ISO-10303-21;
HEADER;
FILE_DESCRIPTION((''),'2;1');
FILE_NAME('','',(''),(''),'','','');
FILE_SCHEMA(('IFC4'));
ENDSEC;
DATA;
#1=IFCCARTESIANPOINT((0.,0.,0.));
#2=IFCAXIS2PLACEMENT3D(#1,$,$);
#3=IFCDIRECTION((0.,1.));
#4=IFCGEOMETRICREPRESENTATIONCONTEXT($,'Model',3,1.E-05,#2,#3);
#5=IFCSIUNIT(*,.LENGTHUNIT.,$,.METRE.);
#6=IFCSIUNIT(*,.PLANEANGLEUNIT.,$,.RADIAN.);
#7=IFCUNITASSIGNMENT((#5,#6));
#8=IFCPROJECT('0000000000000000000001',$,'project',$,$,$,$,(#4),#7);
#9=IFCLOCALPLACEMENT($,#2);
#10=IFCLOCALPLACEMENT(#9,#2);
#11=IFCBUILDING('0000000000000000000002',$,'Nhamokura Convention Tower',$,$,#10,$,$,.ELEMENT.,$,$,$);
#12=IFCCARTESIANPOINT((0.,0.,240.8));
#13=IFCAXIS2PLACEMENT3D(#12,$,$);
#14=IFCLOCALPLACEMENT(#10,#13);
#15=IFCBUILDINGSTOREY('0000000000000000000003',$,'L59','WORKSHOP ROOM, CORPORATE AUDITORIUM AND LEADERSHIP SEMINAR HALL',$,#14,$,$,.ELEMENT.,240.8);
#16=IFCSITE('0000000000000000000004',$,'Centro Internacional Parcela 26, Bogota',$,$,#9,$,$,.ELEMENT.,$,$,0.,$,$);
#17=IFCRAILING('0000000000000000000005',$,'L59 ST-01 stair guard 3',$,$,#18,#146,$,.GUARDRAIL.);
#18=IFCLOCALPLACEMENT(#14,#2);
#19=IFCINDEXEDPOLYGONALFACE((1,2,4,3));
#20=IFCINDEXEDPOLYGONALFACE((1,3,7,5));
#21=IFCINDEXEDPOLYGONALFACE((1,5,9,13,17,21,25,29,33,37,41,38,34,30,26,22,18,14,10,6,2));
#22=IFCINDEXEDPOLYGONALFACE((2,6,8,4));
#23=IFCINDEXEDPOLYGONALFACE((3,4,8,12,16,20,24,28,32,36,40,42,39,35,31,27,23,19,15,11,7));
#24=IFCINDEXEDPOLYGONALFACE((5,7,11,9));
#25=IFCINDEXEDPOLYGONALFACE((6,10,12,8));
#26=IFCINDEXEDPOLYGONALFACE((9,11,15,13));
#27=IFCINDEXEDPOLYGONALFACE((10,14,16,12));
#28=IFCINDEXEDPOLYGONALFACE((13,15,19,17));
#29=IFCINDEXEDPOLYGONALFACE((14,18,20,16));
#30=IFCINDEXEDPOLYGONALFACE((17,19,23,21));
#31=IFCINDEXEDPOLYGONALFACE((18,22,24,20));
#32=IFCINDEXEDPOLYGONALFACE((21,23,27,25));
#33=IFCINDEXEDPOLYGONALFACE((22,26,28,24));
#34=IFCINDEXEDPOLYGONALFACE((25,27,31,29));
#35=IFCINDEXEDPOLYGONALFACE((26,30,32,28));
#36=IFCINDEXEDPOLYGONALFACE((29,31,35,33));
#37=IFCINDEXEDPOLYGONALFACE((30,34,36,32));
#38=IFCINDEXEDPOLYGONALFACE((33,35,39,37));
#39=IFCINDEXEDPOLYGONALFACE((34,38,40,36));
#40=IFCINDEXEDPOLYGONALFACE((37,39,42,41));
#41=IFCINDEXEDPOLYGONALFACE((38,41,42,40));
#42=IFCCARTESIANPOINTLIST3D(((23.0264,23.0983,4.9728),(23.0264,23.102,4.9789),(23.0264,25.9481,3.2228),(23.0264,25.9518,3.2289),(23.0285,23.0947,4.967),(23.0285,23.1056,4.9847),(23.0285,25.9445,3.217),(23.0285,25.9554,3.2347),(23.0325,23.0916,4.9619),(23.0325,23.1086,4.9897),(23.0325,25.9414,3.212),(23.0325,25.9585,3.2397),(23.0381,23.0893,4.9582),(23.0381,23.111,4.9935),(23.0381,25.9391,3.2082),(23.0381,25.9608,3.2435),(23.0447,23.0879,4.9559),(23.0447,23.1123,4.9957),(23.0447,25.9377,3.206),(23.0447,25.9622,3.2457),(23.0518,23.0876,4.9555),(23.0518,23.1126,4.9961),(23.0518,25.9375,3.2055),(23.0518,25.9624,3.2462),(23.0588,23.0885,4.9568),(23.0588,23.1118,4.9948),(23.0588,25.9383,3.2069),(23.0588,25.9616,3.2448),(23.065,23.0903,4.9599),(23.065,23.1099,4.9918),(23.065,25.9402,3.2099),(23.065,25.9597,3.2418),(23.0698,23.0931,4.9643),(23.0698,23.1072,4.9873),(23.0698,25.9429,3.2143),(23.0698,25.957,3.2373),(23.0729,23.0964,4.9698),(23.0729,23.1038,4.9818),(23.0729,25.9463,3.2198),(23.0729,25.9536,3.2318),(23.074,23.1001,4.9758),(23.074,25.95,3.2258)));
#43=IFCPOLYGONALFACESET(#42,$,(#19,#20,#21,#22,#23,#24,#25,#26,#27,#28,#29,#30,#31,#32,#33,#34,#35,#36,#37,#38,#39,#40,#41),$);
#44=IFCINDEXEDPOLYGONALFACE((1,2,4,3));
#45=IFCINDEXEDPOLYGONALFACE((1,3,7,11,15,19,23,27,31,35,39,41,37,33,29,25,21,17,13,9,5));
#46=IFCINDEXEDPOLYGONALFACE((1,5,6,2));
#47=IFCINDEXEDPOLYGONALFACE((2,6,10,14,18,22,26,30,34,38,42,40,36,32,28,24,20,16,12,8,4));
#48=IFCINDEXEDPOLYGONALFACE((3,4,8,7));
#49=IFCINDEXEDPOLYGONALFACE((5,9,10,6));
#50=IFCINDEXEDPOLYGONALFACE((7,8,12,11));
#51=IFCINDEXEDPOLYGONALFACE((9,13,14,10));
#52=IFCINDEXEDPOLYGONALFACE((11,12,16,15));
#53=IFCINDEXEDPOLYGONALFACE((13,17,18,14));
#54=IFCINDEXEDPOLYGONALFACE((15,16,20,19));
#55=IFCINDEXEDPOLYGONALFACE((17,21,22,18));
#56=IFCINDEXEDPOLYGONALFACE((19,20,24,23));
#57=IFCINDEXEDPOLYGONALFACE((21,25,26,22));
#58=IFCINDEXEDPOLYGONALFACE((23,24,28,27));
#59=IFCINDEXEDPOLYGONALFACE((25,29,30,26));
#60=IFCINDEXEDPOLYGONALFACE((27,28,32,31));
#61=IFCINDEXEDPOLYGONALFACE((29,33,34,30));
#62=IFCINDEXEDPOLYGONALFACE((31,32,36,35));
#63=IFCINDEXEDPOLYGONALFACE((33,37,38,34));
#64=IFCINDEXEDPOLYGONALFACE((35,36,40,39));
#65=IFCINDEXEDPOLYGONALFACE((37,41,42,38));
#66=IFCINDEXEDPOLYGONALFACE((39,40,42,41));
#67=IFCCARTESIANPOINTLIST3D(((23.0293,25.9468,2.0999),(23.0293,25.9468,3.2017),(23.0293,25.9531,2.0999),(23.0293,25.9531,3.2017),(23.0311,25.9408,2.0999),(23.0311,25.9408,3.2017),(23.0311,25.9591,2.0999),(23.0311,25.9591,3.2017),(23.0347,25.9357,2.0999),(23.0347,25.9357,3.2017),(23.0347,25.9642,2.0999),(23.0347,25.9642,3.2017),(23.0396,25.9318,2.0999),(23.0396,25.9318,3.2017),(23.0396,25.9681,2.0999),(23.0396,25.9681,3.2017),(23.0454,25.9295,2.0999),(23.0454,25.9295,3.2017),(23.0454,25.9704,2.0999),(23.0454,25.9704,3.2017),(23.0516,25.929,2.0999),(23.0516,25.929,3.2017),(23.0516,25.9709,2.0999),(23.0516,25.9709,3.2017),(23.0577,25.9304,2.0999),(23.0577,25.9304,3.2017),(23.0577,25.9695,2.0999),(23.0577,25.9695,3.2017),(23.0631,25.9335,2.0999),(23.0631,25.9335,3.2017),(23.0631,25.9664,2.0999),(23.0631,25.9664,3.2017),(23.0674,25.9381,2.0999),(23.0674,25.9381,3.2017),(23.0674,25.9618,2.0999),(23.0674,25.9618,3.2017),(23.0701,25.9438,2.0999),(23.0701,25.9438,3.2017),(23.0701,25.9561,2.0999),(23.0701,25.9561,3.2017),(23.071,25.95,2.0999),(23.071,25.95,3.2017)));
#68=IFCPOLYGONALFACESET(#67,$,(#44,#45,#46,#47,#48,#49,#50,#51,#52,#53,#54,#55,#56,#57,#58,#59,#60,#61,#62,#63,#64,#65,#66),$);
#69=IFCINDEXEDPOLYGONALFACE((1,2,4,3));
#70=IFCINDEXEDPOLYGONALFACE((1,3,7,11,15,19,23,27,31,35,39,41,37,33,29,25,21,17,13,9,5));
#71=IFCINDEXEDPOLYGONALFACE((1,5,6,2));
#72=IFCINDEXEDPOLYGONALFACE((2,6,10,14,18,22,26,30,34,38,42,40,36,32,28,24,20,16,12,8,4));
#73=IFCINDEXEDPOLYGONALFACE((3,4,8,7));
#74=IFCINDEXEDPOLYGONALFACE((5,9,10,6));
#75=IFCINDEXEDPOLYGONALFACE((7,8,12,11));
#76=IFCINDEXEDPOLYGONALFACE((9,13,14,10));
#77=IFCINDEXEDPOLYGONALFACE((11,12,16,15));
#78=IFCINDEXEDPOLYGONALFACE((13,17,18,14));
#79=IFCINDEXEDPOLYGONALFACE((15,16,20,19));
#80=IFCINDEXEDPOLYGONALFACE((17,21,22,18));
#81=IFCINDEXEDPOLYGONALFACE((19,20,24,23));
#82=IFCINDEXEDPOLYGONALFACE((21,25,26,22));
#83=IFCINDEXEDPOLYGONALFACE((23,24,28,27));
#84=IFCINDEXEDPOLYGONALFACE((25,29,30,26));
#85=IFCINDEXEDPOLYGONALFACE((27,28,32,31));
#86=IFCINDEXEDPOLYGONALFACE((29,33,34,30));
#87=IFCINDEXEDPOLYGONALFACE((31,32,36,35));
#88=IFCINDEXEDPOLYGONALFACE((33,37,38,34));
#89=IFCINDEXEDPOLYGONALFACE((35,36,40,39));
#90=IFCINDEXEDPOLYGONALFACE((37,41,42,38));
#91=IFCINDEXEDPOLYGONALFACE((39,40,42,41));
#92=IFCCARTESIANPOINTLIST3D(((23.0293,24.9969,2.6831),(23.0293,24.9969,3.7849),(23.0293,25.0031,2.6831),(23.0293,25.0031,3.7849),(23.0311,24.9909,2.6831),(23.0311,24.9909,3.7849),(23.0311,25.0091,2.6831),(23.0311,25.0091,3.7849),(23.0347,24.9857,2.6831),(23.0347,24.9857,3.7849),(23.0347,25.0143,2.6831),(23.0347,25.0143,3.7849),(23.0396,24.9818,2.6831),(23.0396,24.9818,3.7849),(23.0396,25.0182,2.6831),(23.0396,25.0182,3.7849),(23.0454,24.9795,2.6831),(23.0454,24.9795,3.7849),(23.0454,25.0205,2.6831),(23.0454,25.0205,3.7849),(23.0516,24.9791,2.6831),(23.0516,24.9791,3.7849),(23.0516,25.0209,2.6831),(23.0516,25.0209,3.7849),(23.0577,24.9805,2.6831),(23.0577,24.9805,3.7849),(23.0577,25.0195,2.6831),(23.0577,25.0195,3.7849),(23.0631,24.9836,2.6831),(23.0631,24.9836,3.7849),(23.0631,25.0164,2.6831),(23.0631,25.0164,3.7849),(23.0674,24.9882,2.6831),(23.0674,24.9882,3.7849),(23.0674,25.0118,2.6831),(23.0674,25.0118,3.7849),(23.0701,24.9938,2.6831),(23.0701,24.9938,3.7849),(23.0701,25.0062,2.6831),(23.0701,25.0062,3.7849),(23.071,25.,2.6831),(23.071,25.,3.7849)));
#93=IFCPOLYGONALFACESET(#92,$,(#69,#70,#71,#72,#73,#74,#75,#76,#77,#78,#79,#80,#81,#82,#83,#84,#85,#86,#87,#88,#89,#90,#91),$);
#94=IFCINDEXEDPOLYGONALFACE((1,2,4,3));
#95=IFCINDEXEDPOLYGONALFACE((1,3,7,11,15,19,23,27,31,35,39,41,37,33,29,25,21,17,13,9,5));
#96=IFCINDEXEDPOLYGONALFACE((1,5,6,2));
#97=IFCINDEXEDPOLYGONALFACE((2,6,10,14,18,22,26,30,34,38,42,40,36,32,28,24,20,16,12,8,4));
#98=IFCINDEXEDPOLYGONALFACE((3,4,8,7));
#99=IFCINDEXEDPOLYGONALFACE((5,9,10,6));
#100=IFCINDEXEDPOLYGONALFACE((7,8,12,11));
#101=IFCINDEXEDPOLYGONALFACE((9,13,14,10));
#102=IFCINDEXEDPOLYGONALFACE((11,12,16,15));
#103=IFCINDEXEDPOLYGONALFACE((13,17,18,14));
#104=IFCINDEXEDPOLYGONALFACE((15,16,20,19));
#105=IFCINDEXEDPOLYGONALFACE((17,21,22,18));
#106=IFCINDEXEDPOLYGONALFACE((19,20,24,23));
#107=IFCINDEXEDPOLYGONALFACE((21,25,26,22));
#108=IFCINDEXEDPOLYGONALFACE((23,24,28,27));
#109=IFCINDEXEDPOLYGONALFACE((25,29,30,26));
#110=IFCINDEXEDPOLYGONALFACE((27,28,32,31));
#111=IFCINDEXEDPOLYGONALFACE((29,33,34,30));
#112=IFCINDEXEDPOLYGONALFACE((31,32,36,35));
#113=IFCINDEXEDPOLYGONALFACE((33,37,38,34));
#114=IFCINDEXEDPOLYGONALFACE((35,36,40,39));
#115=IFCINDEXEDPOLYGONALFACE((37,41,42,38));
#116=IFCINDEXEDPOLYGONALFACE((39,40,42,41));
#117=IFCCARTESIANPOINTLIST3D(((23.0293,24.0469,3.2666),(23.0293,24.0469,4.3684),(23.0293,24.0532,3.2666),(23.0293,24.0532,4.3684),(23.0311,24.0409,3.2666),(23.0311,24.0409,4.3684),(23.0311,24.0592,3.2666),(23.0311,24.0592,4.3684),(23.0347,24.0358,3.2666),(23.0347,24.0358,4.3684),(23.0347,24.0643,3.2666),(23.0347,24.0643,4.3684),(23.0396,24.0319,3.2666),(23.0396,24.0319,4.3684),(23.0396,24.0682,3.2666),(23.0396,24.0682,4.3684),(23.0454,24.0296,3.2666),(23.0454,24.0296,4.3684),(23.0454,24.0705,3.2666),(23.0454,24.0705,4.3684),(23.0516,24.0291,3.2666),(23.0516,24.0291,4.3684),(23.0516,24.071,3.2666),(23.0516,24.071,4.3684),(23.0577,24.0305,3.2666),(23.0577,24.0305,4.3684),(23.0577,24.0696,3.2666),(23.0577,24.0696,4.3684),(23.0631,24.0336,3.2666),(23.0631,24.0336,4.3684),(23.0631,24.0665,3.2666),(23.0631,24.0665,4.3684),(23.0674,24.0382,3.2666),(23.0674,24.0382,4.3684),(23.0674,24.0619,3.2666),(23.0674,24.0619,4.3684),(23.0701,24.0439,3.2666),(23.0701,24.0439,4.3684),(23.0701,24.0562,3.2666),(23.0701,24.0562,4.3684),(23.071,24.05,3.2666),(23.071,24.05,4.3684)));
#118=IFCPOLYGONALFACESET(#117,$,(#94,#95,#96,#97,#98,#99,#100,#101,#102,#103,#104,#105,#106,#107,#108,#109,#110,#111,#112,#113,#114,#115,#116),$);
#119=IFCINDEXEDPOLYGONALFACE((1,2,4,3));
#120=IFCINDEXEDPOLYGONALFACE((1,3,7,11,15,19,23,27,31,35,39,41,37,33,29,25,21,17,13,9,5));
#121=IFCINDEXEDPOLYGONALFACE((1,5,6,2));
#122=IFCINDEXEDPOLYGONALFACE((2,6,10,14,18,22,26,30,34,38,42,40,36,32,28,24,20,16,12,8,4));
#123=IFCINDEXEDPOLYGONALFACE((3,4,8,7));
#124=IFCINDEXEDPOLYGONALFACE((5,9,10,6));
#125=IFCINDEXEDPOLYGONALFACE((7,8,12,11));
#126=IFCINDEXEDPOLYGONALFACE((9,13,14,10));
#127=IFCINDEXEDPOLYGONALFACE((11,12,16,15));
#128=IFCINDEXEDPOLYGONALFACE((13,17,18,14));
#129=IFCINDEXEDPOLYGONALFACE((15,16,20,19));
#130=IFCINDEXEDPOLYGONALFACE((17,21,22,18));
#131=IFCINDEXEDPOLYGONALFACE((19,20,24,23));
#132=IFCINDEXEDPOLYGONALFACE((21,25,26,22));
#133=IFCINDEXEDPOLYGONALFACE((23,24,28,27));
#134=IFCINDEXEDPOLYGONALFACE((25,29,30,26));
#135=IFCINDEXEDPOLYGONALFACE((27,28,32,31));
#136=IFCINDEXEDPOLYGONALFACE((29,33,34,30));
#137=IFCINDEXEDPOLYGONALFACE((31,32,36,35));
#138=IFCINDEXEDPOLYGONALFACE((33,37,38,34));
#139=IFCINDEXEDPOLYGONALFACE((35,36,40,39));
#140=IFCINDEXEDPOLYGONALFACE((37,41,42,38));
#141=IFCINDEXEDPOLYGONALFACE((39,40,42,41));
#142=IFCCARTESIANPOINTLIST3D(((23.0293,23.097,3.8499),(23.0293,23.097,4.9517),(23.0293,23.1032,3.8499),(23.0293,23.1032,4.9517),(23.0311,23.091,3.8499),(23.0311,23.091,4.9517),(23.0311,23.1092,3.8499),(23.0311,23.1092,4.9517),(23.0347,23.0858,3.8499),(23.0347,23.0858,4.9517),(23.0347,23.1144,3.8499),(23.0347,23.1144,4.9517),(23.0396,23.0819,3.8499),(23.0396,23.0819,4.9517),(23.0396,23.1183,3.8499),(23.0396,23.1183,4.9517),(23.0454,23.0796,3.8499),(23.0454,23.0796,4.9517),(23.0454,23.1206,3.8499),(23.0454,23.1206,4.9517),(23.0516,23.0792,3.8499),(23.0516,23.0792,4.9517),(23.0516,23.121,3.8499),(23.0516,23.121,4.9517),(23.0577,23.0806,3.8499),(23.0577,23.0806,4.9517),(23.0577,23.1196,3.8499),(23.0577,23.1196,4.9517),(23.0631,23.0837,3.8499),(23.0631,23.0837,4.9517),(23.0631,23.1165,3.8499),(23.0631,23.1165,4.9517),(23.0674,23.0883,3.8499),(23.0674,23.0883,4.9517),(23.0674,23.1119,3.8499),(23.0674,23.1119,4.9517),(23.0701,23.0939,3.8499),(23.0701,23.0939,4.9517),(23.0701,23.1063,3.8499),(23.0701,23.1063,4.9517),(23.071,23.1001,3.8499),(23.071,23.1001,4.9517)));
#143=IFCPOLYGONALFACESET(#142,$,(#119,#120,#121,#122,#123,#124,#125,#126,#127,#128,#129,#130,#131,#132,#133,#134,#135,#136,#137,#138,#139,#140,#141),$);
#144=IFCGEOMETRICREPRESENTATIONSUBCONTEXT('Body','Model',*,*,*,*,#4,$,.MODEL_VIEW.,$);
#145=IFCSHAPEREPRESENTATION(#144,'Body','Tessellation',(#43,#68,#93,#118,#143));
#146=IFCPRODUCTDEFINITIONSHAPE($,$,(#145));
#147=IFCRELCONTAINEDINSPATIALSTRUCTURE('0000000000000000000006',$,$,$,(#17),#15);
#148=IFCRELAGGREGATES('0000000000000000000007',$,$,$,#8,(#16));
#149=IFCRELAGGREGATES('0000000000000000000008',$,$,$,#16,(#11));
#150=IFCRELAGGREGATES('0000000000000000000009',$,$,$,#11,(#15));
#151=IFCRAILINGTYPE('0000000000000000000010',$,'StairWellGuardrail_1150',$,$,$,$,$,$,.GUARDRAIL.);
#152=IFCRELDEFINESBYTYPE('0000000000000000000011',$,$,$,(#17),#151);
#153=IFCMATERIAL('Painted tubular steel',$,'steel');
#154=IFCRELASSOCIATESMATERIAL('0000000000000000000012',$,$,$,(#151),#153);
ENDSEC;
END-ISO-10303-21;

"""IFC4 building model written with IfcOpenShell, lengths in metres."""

from ifc_helpers import new_model, si_unit, direction, frame, origin, origin_2d, place, context, subcontext, project, spatial, circle, extrude, material, type_object, element, save


model = new_model("IFC4")

# Units and contexts
model_context = context("Model", 3, precision=1e-05, world=origin(), true_north=direction((0.0, 1.0)))
body_context = subcontext(model_context, "Body", "Model", "MODEL_VIEW")
ifc_project = project(units=[si_unit("LENGTHUNIT", "METRE"), si_unit("PLANEANGLEUNIT", "RADIAN")], contexts=[model_context])

# Site, building, storey
site_placement = place(None, origin())
site = spatial("IfcSite", under=ifc_project, at=site_placement, Name="Centro Internacional Parcela 26, Bogota", CompositionType="ELEMENT", RefElevation=0.0)
building_placement = place(site_placement, origin())
building = spatial("IfcBuilding", under=site, at=building_placement, Name="Nhamokura Convention Tower", CompositionType="ELEMENT")
storey_placement = place(building_placement, frame((0.0, 0.0, 240.8)))
storey = spatial("IfcBuildingStorey", under=building, at=storey_placement, Name="L59", Description="WORKSHOP ROOM, CORPORATE AUDITORIUM AND LEADERSHIP SEMINAR HALL", CompositionType="ELEMENT", Elevation=240.8)

# Railing
ifc_material_1 = material(Name="Painted tubular steel", Category="steel")
railing_type_1 = type_object("IfcRailingType", Name="StairWellGuardrail_1150", PredefinedType="GUARDRAIL", material=ifc_material_1)
railing_1_placement = place(storey_placement, frame((23.05, 25.95, 2.0999)))
element("IfcRailing", 1, at=railing_1_placement, inside=storey, type_object=railing_type_1, Name="L59 ST-01 stair guard 3", PredefinedType="GUARDRAIL", context=body_context, shape_type="SweptSolid", body=[
    extrude(circle(Radius=0.0239, at=origin_2d()), frame((0.0, 0.0, 1.126), z_axis=(0.0, -0.852159, 0.523283), x_axis=(1.0, 0.0, 0.0)), (0.0, 0.0, 1.0), 3.3442),
    extrude(circle(Radius=0.021, at=origin_2d()), origin(), (0.0, 0.0, 1.0), 1.1018),
    extrude(circle(Radius=0.021, at=origin_2d()), frame((0.0, -0.95, 0.5833)), (0.0, 0.0, 1.0), 1.1018),
    extrude(circle(Radius=0.021, at=origin_2d()), frame((0.0, -1.8999, 1.1667)), (0.0, 0.0, 1.0), 1.1018),
    extrude(circle(Radius=0.021, at=origin_2d()), frame((0.0, -2.8499, 1.75)), (0.0, 0.0, 1.0), 1.1018),
])

save(model, "model.ifc")
